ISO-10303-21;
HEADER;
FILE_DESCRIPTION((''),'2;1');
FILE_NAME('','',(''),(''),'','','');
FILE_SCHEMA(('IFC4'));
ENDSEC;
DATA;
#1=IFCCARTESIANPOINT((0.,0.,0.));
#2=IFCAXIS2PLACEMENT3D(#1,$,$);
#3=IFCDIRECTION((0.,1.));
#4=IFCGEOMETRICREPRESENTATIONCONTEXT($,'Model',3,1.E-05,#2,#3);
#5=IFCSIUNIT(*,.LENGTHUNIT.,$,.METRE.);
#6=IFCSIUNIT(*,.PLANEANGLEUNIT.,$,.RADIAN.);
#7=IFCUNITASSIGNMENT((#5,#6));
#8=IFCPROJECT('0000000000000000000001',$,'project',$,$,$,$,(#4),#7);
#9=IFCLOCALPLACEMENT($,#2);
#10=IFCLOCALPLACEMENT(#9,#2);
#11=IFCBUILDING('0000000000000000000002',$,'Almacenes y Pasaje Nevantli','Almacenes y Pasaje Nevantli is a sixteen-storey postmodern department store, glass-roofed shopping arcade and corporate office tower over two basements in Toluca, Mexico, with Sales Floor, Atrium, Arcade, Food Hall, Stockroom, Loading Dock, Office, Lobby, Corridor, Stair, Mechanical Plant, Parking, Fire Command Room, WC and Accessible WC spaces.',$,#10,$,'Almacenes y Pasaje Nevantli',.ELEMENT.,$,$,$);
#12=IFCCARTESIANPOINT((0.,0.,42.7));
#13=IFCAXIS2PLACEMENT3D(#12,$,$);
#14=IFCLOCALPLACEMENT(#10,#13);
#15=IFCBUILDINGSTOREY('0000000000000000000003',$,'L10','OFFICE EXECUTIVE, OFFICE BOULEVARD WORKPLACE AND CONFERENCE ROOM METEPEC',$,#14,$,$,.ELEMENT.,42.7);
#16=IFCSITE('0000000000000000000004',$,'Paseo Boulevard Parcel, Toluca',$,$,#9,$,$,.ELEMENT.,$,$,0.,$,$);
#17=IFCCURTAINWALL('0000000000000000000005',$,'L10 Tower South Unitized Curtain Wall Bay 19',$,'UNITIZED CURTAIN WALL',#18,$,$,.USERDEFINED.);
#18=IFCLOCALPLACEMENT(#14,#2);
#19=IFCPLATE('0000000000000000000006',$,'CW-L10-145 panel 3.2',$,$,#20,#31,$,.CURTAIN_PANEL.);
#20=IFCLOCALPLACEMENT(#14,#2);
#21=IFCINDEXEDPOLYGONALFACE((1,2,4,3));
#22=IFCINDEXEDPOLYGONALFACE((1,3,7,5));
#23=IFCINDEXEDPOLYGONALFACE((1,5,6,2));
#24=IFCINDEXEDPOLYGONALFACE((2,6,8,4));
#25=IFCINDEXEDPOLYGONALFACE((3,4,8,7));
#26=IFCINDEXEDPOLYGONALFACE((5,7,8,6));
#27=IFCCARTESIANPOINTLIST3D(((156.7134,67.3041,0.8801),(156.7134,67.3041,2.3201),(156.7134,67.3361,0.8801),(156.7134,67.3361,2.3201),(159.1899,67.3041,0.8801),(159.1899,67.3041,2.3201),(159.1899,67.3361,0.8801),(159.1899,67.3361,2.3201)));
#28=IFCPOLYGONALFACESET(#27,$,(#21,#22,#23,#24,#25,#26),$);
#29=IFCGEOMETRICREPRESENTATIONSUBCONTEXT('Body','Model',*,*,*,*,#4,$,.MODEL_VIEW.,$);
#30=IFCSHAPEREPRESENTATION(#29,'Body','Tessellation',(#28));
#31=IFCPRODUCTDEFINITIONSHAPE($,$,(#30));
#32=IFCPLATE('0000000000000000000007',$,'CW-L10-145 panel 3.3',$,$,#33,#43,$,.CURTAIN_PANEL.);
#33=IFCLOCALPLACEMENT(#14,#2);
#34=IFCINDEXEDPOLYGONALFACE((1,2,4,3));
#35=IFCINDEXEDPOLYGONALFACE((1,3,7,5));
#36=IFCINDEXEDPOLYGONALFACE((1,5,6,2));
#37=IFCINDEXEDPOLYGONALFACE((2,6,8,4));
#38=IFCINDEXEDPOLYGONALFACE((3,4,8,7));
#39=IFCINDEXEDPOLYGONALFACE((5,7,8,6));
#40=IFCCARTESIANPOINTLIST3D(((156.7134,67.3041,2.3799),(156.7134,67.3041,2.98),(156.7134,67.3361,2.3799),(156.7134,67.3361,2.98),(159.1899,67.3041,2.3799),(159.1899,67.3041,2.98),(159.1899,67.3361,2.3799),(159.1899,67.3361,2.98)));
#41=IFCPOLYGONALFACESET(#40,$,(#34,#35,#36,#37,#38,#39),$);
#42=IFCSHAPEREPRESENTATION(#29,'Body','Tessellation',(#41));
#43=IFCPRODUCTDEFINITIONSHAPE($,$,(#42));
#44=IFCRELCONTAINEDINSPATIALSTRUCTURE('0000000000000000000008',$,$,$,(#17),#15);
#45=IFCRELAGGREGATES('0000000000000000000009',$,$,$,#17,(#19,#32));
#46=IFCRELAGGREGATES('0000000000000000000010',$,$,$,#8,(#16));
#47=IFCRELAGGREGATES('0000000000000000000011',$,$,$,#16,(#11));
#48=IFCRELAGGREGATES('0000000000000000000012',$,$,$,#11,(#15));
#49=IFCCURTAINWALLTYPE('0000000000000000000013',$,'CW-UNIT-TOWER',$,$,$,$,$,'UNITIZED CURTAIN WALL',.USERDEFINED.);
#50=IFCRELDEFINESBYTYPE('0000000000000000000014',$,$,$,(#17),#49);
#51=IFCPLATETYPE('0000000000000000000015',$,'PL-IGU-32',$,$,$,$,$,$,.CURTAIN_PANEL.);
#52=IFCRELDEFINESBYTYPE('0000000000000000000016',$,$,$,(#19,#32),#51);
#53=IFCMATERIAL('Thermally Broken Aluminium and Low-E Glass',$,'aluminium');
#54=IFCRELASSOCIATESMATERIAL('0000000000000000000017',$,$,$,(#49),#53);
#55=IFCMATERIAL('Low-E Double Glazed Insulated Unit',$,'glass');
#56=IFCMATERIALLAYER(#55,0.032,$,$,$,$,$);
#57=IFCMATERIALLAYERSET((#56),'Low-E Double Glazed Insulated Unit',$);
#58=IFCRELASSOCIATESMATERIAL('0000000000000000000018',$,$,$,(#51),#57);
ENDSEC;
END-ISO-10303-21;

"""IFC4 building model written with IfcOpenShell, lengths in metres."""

from ifc_helpers import new_model, si_unit, direction, frame, origin, origin_2d, place, context, subcontext, project, spatial, rectangle, extrude, material, layer, layer_set, type_object, element, aggregate, save


model = new_model("IFC4")

# Units and contexts
model_context = context("Model", 3, precision=1e-05, world=origin(), true_north=direction((0.0, 1.0)))
body_context = subcontext(model_context, "Body", "Model", "MODEL_VIEW")
ifc_project = project(units=[si_unit("LENGTHUNIT", "METRE"), si_unit("PLANEANGLEUNIT", "RADIAN")], contexts=[model_context])

# Site, building, storey
site_placement = place(None, origin())
site = spatial("IfcSite", under=ifc_project, at=site_placement, Name="Paseo Boulevard Parcel, Toluca", CompositionType="ELEMENT", RefElevation=0.0)
building_placement = place(site_placement, origin())
building = spatial("IfcBuilding", under=site, at=building_placement, Name="Almacenes y Pasaje Nevantli", Description="Almacenes y Pasaje Nevantli is a sixteen-storey postmodern department store, glass-roofed shopping arcade and corporate office tower over two basements in Toluca, Mexico, with Sales Floor, Atrium, Arcade, Food Hall, Stockroom, Loading Dock, Office, Lobby, Corridor, Stair, Mechanical Plant, Parking, Fire Command Room, WC and Accessible WC spaces.", LongName="Almacenes y Pasaje Nevantli", CompositionType="ELEMENT")
storey_placement = place(building_placement, frame((0.0, 0.0, 42.7)))
storey = spatial("IfcBuildingStorey", under=building, at=storey_placement, Name="L10", Description="OFFICE EXECUTIVE, OFFICE BOULEVARD WORKPLACE AND CONFERENCE ROOM METEPEC", CompositionType="ELEMENT", Elevation=42.7)

# Curtain wall, plates
ifc_material_1 = material(Name="Thermally Broken Aluminium and Low-E Glass", Category="aluminium")
curtain_wall_type = type_object("IfcCurtainWallType", Name="CW-UNIT-TOWER", ElementType="UNITIZED CURTAIN WALL", PredefinedType="USERDEFINED", material=ifc_material_1)
curtain_wall_placement = place(storey_placement, origin())
curtain_wall = element("IfcCurtainWall", 1, at=curtain_wall_placement, inside=storey, type_object=curtain_wall_type, Name="L10 Tower South Unitized Curtain Wall Bay 19", ObjectType="UNITIZED CURTAIN WALL", PredefinedType="USERDEFINED")
ifc_material_2 = material(Name="Low-E Double Glazed Insulated Unit", Category="glass")
ifc_layer = layer(ifc_material_2, 0.032)
ifc_layer_set = layer_set([ifc_layer], Name="Low-E Double Glazed Insulated Unit")
plate_type = type_object("IfcPlateType", Name="PL-IGU-32", PredefinedType="CURTAIN_PANEL", material=ifc_layer_set)
plate_1_placement = place(storey_placement, frame((157.9517, 67.3201, 0.8801), z_axis=(0.0, 0.0, 1.0), x_axis=(1.0, 0.0, 0.0)))
plate_1 = element("IfcPlate", 2, at=plate_1_placement, type_object=plate_type, Name="CW-L10-145 panel 3.2", PredefinedType="CURTAIN_PANEL", context=body_context, shape_type="SweptSolid", body=[
    extrude(rectangle(XDim=2.4766, YDim=0.032, at=origin_2d()), origin(), (0.0, 0.0, 1.0), 1.4399),
])
plate_2_placement = place(storey_placement, frame((157.9517, 67.3201, 2.3799), z_axis=(0.0, 0.0, 1.0), x_axis=(1.0, 0.0, 0.0)))
plate_2 = element("IfcPlate", 3, at=plate_2_placement, type_object=plate_type, Name="CW-L10-145 panel 3.3", PredefinedType="CURTAIN_PANEL", context=body_context, shape_type="SweptSolid", body=[
    extrude(rectangle(XDim=2.4766, YDim=0.032, at=origin_2d()), origin(), (0.0, 0.0, 1.0), 0.6001),
])
aggregate(curtain_wall, [plate_1, plate_2])

save(model, "model.ifc")
